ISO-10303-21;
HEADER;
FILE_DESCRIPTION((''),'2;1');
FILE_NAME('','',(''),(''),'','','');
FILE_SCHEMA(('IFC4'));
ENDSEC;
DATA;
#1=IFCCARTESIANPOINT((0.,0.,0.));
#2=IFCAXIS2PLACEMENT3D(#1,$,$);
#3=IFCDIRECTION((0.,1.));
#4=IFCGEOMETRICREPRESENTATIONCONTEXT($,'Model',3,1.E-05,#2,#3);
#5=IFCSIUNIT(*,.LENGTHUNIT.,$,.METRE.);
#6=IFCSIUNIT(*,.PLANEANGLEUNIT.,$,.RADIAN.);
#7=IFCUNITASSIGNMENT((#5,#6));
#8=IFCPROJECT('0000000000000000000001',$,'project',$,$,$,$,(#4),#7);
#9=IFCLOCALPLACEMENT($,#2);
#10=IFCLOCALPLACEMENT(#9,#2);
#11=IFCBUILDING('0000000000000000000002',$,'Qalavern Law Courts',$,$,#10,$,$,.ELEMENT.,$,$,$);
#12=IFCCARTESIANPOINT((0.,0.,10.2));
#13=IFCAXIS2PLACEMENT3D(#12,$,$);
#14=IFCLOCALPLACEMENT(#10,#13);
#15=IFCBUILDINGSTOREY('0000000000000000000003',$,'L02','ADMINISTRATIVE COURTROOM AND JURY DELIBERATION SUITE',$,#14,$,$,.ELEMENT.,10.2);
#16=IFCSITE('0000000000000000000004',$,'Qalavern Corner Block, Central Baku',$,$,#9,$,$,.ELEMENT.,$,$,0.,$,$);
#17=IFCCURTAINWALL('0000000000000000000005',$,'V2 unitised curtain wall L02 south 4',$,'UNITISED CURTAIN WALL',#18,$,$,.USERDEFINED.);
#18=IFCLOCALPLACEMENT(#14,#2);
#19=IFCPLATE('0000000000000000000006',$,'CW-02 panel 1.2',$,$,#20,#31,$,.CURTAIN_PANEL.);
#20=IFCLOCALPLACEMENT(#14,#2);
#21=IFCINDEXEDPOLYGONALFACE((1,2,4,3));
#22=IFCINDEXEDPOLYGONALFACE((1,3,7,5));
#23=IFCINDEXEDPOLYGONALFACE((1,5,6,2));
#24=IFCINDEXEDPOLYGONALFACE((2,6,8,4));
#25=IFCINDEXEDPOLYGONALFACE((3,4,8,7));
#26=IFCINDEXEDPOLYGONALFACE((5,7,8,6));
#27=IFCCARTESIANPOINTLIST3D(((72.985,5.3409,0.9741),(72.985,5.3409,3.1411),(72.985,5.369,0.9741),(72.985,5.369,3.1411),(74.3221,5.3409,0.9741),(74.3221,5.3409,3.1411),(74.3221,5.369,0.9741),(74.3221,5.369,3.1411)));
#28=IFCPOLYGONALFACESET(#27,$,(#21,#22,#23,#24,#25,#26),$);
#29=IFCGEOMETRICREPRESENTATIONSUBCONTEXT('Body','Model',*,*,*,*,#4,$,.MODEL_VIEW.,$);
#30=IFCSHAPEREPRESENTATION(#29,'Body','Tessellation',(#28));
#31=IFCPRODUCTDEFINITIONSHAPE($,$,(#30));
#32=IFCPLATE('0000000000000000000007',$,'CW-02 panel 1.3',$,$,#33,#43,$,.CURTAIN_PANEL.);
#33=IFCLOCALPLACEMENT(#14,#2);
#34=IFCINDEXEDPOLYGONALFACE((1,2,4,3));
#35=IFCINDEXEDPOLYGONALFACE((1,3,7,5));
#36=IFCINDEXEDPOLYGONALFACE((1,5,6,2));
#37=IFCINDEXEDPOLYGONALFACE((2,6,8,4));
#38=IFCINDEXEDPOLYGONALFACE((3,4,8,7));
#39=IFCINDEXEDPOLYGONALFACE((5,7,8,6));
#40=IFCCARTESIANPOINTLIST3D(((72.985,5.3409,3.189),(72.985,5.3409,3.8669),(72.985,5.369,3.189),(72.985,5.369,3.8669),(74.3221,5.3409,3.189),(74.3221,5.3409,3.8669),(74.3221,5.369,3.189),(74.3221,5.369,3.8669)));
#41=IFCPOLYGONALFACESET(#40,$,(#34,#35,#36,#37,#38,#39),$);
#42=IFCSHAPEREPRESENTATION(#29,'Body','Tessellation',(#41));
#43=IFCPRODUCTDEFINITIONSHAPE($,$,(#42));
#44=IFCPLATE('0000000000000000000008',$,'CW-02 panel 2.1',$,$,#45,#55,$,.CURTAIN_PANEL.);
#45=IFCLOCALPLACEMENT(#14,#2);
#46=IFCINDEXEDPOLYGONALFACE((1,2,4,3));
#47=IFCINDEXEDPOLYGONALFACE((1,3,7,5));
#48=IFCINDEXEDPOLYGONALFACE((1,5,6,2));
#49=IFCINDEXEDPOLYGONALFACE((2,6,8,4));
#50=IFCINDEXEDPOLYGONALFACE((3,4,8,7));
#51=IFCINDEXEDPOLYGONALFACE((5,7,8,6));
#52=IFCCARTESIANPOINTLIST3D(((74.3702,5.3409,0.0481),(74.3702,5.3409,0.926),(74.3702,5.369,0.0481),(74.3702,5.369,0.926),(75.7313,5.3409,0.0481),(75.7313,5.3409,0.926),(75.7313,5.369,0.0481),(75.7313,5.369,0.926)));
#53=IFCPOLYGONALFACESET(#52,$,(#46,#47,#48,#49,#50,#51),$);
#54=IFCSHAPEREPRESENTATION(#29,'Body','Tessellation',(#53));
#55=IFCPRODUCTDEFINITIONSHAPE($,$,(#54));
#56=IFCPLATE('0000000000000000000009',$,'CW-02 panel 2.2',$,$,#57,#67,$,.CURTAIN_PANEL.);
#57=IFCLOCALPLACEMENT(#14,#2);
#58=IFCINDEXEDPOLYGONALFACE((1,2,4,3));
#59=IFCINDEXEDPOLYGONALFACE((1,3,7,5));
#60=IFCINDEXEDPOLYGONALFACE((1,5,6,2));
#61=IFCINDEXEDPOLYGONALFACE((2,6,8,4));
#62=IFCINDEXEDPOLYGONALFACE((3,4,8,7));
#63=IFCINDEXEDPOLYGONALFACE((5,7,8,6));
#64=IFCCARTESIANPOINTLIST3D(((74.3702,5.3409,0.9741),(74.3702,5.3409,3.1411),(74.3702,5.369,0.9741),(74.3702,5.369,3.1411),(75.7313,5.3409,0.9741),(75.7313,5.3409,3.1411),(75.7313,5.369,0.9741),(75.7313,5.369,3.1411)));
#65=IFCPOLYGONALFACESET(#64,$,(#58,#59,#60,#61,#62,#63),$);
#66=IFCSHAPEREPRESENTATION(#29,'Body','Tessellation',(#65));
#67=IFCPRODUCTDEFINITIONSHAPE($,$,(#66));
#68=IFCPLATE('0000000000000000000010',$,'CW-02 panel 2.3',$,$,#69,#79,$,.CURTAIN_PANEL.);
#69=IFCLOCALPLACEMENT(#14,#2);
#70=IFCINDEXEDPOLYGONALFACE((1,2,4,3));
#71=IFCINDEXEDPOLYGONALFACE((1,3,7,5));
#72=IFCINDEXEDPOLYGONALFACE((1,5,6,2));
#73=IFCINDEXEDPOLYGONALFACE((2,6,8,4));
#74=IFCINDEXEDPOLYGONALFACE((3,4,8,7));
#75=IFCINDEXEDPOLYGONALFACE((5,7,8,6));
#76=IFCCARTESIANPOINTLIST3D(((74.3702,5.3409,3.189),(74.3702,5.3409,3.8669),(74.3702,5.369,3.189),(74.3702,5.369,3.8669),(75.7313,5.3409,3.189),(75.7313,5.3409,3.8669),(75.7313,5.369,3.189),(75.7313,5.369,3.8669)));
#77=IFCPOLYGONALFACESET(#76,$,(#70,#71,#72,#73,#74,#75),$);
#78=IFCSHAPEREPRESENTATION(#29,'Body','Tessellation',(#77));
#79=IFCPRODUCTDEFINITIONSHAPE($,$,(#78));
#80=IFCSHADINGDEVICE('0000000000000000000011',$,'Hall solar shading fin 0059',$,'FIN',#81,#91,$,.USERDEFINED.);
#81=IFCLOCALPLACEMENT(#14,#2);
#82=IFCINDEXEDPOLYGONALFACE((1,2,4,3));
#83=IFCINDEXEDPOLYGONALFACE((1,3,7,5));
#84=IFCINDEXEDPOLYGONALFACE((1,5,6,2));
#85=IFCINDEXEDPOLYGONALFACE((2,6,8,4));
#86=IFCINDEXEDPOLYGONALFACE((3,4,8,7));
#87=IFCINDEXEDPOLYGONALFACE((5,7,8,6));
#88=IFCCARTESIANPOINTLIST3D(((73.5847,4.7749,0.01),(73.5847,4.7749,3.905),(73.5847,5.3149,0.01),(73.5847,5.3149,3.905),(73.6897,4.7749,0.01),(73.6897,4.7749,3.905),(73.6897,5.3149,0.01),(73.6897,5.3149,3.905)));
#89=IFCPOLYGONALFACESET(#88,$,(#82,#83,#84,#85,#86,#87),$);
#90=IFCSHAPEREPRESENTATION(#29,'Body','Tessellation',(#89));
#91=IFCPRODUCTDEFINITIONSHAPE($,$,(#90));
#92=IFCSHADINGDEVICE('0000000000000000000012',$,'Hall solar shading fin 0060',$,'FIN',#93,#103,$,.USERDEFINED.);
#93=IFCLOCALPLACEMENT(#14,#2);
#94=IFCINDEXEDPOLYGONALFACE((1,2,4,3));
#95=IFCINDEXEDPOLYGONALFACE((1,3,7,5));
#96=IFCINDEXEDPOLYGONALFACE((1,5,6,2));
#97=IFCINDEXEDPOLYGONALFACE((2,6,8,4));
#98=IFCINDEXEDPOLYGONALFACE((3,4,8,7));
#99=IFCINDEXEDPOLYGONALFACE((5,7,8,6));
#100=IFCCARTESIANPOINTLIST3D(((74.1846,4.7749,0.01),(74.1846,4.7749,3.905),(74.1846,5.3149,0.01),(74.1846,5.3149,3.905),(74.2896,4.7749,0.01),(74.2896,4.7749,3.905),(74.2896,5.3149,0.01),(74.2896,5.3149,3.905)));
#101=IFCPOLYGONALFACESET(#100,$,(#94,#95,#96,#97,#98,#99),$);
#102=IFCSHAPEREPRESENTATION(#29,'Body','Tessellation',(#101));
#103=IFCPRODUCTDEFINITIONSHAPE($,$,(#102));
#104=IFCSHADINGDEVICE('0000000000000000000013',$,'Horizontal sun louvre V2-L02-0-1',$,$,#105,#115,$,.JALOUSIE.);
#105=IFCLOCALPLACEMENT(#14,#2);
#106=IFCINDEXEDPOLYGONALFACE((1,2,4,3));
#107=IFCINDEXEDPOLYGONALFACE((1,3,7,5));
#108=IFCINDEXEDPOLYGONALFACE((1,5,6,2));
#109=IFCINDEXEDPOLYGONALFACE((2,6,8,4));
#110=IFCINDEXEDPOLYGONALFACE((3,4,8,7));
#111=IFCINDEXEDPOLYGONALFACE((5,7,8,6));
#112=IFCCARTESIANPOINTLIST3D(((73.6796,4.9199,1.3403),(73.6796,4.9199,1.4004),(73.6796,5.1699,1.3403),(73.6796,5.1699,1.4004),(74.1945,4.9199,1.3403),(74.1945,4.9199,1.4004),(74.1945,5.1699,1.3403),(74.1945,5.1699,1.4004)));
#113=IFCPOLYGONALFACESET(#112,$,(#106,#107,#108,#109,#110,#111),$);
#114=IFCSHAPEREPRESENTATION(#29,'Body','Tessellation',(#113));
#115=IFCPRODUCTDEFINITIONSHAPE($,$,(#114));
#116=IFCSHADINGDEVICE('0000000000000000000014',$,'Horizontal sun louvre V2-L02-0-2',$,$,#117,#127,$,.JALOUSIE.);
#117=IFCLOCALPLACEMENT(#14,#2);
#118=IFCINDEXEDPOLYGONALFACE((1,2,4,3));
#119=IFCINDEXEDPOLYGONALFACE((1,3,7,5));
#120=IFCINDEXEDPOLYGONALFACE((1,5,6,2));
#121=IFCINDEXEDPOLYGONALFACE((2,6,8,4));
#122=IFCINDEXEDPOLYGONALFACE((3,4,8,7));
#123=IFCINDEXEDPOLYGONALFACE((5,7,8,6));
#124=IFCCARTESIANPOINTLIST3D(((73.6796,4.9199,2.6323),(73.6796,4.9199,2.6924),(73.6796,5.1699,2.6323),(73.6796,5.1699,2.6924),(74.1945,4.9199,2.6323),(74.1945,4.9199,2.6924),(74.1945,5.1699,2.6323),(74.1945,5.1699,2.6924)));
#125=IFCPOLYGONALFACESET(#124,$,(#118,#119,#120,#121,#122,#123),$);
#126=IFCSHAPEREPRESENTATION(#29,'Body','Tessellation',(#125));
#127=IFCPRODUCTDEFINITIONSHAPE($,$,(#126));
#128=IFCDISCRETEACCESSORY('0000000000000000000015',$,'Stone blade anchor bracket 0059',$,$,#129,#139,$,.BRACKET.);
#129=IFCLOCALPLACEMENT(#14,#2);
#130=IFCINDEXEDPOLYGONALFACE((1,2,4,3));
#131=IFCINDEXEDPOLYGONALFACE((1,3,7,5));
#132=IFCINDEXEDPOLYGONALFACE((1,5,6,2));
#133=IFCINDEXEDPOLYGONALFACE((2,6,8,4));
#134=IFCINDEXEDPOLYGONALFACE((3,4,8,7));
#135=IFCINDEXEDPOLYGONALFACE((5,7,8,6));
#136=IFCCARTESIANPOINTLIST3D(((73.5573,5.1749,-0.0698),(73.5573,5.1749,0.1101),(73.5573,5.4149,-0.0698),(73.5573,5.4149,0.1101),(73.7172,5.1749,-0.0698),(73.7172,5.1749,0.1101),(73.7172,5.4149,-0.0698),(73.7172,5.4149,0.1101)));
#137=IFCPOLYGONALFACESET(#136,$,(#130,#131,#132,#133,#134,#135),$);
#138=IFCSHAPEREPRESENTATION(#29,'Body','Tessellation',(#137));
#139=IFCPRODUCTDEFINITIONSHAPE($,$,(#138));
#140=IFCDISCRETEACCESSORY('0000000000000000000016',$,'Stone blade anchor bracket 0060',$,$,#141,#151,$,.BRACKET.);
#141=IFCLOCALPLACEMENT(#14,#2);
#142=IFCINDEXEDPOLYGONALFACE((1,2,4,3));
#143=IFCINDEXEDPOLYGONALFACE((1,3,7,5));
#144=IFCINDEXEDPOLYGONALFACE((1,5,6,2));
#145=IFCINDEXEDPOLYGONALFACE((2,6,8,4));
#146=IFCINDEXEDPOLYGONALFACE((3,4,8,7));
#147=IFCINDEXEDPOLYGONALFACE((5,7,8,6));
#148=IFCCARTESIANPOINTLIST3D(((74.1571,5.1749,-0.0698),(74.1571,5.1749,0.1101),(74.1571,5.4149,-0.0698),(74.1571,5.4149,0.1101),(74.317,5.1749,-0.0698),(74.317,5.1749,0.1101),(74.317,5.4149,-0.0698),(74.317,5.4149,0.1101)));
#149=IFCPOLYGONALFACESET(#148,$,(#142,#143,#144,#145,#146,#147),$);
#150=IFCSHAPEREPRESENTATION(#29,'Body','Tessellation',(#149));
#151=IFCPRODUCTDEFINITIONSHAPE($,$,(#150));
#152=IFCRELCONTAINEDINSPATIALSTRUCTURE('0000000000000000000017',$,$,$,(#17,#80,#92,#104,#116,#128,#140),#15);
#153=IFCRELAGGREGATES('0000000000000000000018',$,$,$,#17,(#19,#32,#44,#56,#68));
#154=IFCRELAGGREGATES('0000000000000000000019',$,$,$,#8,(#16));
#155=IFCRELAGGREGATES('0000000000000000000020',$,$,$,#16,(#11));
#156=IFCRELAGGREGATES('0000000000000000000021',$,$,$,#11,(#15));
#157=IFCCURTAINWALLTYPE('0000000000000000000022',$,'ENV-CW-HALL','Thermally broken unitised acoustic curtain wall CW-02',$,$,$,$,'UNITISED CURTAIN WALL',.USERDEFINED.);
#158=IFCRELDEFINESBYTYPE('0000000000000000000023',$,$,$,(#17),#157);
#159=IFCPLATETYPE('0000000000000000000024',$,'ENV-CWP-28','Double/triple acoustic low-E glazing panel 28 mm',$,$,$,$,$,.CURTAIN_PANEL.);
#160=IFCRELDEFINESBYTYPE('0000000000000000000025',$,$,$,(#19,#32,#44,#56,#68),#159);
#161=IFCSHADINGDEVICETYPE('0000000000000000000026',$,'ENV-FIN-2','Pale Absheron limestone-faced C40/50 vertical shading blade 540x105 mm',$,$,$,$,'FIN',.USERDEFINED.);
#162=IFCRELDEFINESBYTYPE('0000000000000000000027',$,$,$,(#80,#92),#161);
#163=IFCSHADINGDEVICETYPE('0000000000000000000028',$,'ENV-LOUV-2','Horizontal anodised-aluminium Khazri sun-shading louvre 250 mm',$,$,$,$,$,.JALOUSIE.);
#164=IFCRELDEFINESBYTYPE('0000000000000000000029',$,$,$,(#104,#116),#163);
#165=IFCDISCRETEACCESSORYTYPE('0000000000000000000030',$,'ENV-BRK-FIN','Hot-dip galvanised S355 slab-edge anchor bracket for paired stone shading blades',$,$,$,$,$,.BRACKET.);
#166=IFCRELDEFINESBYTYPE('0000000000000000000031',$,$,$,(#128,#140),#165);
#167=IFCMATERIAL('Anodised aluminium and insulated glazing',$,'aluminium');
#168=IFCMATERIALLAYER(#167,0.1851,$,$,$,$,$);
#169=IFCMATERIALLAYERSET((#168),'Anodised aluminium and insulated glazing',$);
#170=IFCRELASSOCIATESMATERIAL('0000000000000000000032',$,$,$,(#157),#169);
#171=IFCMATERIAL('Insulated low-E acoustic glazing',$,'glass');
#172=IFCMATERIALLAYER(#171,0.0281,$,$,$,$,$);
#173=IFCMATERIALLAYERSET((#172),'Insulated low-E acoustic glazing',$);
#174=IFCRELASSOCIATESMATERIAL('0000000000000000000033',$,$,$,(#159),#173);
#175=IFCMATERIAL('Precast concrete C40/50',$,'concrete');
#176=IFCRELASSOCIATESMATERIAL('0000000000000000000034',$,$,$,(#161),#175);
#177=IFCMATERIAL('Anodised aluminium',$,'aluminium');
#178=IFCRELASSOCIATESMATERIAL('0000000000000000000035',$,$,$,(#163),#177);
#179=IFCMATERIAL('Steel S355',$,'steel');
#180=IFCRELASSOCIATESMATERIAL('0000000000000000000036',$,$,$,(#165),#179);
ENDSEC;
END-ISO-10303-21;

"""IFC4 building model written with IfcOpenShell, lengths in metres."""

from ifc_helpers import new_model, si_unit, direction, frame, origin, origin_2d, place, context, subcontext, project, spatial, rectangle, extrude, material, layer, layer_set, type_object, element, aggregate, save


model = new_model("IFC4")

# Units and contexts
model_context = context("Model", 3, precision=1e-05, world=origin(), true_north=direction((0.0, 1.0)))
body_context = subcontext(model_context, "Body", "Model", "MODEL_VIEW")
ifc_project = project(units=[si_unit("LENGTHUNIT", "METRE"), si_unit("PLANEANGLEUNIT", "RADIAN")], contexts=[model_context])

# Site, building, storey
site_placement = place(None, origin())
site = spatial("IfcSite", under=ifc_project, at=site_placement, Name="Qalavern Corner Block, Central Baku", CompositionType="ELEMENT", RefElevation=0.0)
building_placement = place(site_placement, origin())
building = spatial("IfcBuilding", under=site, at=building_placement, Name="Qalavern Law Courts", CompositionType="ELEMENT")
storey_placement = place(building_placement, frame((0.0, 0.0, 10.2)))
storey = spatial("IfcBuildingStorey", under=building, at=storey_placement, Name="L02", Description="ADMINISTRATIVE COURTROOM AND JURY DELIBERATION SUITE", CompositionType="ELEMENT", Elevation=10.2)

# Curtain wall, plates
ifc_material_1 = material(Name="Anodised aluminium and insulated glazing", Category="aluminium")
ifc_layer_1 = layer(ifc_material_1, 0.1851)
ifc_layer_set_1 = layer_set([ifc_layer_1], Name="Anodised aluminium and insulated glazing")
curtain_wall_type = type_object("IfcCurtainWallType", Name="ENV-CW-HALL", Description="Thermally broken unitised acoustic curtain wall CW-02", ElementType="UNITISED CURTAIN WALL", PredefinedType="USERDEFINED", material=ifc_layer_set_1)
curtain_wall_placement = place(storey_placement, origin())
curtain_wall = element("IfcCurtainWall", 1, at=curtain_wall_placement, inside=storey, type_object=curtain_wall_type, Name="V2 unitised curtain wall L02 south 4", ObjectType="UNITISED CURTAIN WALL", PredefinedType="USERDEFINED")
ifc_material_2 = material(Name="Anodised aluminium", Category="aluminium")
ifc_material_3 = material(Name="Insulated low-E acoustic glazing", Category="glass")
ifc_layer_2 = layer(ifc_material_3, 0.0281)
ifc_layer_set_2 = layer_set([ifc_layer_2], Name="Insulated low-E acoustic glazing")
plate_type = type_object("IfcPlateType", Name="ENV-CWP-28", Description="Double/triple acoustic low-E glazing panel 28 mm", PredefinedType="CURTAIN_PANEL", material=ifc_layer_set_2)
plate_1_placement = place(storey_placement, frame((73.6536, 5.355, 0.9741), z_axis=(0.0, 0.0, 1.0), x_axis=(1.0, 0.0, 0.0)))
plate_1 = element("IfcPlate", 2, at=plate_1_placement, type_object=plate_type, Name="CW-02 panel 1.2", PredefinedType="CURTAIN_PANEL", context=body_context, shape_type="SweptSolid", body=[
    extrude(rectangle(XDim=1.3372, YDim=0.0281, at=origin_2d()), origin(), (0.0, 0.0, 1.0), 2.167),
])
plate_2_placement = place(storey_placement, frame((73.6536, 5.355, 3.189), z_axis=(0.0, 0.0, 1.0), x_axis=(1.0, 0.0, 0.0)))
plate_2 = element("IfcPlate", 3, at=plate_2_placement, type_object=plate_type, Name="CW-02 panel 1.3", PredefinedType="CURTAIN_PANEL", context=body_context, shape_type="SweptSolid", body=[
    extrude(rectangle(XDim=1.3372, YDim=0.0281, at=origin_2d()), origin(), (0.0, 0.0, 1.0), 0.678),
])
plate_3_placement = place(storey_placement, frame((75.0508, 5.355, 0.0481), z_axis=(0.0, 0.0, 1.0), x_axis=(1.0, 0.0, 0.0)))
plate_3 = element("IfcPlate", 4, at=plate_3_placement, type_object=plate_type, Name="CW-02 panel 2.1", PredefinedType="CURTAIN_PANEL", context=body_context, shape_type="SweptSolid", body=[
    extrude(rectangle(XDim=1.3611, YDim=0.0281, at=origin_2d()), origin(), (0.0, 0.0, 1.0), 0.8779),
])
plate_4_placement = place(storey_placement, frame((75.0508, 5.355, 0.9741), z_axis=(0.0, 0.0, 1.0), x_axis=(1.0, 0.0, 0.0)))
plate_4 = element("IfcPlate", 5, at=plate_4_placement, type_object=plate_type, Name="CW-02 panel 2.2", PredefinedType="CURTAIN_PANEL", context=body_context, shape_type="SweptSolid", body=[
    extrude(rectangle(XDim=1.3611, YDim=0.0281, at=origin_2d()), origin(), (0.0, 0.0, 1.0), 2.167),
])
plate_5_placement = place(storey_placement, frame((75.0508, 5.355, 3.189), z_axis=(0.0, 0.0, 1.0), x_axis=(1.0, 0.0, 0.0)))
plate_5 = element("IfcPlate", 6, at=plate_5_placement, type_object=plate_type, Name="CW-02 panel 2.3", PredefinedType="CURTAIN_PANEL", context=body_context, shape_type="SweptSolid", body=[
    extrude(rectangle(XDim=1.3611, YDim=0.0281, at=origin_2d()), origin(), (0.0, 0.0, 1.0), 0.678),
])
aggregate(curtain_wall, [plate_1, plate_2, plate_3, plate_4, plate_5])

# Shading devices
ifc_material_4 = material(Name="Precast concrete C40/50", Category="concrete")
shading_device_type_1 = type_object("IfcShadingDeviceType", Name="ENV-FIN-2", Description="Pale Absheron limestone-faced C40/50 vertical shading blade 540x105 mm", ElementType="FIN", PredefinedType="USERDEFINED", material=ifc_material_4)
for number, where, z_axis, x_axis, name in (
    (7, (73.6372, 5.0449, 0.01), (0.0, 0.0, 1.0), (0.0, -1.0, 0.0), "Hall solar shading fin 0059"),
    (8, (74.2371, 5.0449, 0.01), (0.0, 0.0, 1.0), (0.0, -1.0, 0.0), "Hall solar shading fin 0060"),
):
    element("IfcShadingDevice", number, at=place(storey_placement, frame(where, z_axis=z_axis, x_axis=x_axis)), inside=storey, type_object=shading_device_type_1, Name=name, ObjectType="FIN", PredefinedType="USERDEFINED", context=body_context, shape_type="SweptSolid", body=[
        extrude(rectangle(XDim=0.54, YDim=0.105, at=origin_2d()), origin(), (0.0, 0.0, 1.0), 3.895),
    ])
shading_device_type_2 = type_object("IfcShadingDeviceType", Name="ENV-LOUV-2", Description="Horizontal anodised-aluminium Khazri sun-shading louvre 250 mm", PredefinedType="JALOUSIE", material=ifc_material_2)
for number, where, z_axis, x_axis, name in (
    (9, (73.937, 5.0449, 1.3403), (0.0, 0.0, 1.0), (1.0, 0.0, 0.0), "Horizontal sun louvre V2-L02-0-1"),
    (10, (73.937, 5.0449, 2.6323), (0.0, 0.0, 1.0), (1.0, 0.0, 0.0), "Horizontal sun louvre V2-L02-0-2"),
):
    element("IfcShadingDevice", number, at=place(storey_placement, frame(where, z_axis=z_axis, x_axis=x_axis)), inside=storey, type_object=shading_device_type_2, Name=name, PredefinedType="JALOUSIE", context=body_context, shape_type="SweptSolid", body=[
        extrude(rectangle(XDim=0.5149, YDim=0.25, at=origin_2d()), origin(), (0.0, 0.0, 1.0), 0.0601),
    ])

# Discrete accessories
ifc_material_5 = material(Name="Steel S355", Category="steel")
discrete_accessory_type = type_object("IfcDiscreteAccessoryType", Name="ENV-BRK-FIN", Description="Hot-dip galvanised S355 slab-edge anchor bracket for paired stone shading blades", PredefinedType="BRACKET", material=ifc_material_5)
for number, where, z_axis, x_axis, name in (
    (11, (73.6372, 5.2949, -0.0698), (0.0, 0.0, 1.0), (0.0, -1.0, 0.0), "Stone blade anchor bracket 0059"),
    (12, (74.2371, 5.2949, -0.0698), (0.0, 0.0, 1.0), (0.0, -1.0, 0.0), "Stone blade anchor bracket 0060"),
):
    element("IfcDiscreteAccessory", number, at=place(storey_placement, frame(where, z_axis=z_axis, x_axis=x_axis)), inside=storey, type_object=discrete_accessory_type, Name=name, PredefinedType="BRACKET", context=body_context, shape_type="SweptSolid", body=[
        extrude(rectangle(XDim=0.24, YDim=0.1599, at=origin_2d()), origin(), (0.0, 0.0, 1.0), 0.1799),
    ])

save(model, "model.ifc")
